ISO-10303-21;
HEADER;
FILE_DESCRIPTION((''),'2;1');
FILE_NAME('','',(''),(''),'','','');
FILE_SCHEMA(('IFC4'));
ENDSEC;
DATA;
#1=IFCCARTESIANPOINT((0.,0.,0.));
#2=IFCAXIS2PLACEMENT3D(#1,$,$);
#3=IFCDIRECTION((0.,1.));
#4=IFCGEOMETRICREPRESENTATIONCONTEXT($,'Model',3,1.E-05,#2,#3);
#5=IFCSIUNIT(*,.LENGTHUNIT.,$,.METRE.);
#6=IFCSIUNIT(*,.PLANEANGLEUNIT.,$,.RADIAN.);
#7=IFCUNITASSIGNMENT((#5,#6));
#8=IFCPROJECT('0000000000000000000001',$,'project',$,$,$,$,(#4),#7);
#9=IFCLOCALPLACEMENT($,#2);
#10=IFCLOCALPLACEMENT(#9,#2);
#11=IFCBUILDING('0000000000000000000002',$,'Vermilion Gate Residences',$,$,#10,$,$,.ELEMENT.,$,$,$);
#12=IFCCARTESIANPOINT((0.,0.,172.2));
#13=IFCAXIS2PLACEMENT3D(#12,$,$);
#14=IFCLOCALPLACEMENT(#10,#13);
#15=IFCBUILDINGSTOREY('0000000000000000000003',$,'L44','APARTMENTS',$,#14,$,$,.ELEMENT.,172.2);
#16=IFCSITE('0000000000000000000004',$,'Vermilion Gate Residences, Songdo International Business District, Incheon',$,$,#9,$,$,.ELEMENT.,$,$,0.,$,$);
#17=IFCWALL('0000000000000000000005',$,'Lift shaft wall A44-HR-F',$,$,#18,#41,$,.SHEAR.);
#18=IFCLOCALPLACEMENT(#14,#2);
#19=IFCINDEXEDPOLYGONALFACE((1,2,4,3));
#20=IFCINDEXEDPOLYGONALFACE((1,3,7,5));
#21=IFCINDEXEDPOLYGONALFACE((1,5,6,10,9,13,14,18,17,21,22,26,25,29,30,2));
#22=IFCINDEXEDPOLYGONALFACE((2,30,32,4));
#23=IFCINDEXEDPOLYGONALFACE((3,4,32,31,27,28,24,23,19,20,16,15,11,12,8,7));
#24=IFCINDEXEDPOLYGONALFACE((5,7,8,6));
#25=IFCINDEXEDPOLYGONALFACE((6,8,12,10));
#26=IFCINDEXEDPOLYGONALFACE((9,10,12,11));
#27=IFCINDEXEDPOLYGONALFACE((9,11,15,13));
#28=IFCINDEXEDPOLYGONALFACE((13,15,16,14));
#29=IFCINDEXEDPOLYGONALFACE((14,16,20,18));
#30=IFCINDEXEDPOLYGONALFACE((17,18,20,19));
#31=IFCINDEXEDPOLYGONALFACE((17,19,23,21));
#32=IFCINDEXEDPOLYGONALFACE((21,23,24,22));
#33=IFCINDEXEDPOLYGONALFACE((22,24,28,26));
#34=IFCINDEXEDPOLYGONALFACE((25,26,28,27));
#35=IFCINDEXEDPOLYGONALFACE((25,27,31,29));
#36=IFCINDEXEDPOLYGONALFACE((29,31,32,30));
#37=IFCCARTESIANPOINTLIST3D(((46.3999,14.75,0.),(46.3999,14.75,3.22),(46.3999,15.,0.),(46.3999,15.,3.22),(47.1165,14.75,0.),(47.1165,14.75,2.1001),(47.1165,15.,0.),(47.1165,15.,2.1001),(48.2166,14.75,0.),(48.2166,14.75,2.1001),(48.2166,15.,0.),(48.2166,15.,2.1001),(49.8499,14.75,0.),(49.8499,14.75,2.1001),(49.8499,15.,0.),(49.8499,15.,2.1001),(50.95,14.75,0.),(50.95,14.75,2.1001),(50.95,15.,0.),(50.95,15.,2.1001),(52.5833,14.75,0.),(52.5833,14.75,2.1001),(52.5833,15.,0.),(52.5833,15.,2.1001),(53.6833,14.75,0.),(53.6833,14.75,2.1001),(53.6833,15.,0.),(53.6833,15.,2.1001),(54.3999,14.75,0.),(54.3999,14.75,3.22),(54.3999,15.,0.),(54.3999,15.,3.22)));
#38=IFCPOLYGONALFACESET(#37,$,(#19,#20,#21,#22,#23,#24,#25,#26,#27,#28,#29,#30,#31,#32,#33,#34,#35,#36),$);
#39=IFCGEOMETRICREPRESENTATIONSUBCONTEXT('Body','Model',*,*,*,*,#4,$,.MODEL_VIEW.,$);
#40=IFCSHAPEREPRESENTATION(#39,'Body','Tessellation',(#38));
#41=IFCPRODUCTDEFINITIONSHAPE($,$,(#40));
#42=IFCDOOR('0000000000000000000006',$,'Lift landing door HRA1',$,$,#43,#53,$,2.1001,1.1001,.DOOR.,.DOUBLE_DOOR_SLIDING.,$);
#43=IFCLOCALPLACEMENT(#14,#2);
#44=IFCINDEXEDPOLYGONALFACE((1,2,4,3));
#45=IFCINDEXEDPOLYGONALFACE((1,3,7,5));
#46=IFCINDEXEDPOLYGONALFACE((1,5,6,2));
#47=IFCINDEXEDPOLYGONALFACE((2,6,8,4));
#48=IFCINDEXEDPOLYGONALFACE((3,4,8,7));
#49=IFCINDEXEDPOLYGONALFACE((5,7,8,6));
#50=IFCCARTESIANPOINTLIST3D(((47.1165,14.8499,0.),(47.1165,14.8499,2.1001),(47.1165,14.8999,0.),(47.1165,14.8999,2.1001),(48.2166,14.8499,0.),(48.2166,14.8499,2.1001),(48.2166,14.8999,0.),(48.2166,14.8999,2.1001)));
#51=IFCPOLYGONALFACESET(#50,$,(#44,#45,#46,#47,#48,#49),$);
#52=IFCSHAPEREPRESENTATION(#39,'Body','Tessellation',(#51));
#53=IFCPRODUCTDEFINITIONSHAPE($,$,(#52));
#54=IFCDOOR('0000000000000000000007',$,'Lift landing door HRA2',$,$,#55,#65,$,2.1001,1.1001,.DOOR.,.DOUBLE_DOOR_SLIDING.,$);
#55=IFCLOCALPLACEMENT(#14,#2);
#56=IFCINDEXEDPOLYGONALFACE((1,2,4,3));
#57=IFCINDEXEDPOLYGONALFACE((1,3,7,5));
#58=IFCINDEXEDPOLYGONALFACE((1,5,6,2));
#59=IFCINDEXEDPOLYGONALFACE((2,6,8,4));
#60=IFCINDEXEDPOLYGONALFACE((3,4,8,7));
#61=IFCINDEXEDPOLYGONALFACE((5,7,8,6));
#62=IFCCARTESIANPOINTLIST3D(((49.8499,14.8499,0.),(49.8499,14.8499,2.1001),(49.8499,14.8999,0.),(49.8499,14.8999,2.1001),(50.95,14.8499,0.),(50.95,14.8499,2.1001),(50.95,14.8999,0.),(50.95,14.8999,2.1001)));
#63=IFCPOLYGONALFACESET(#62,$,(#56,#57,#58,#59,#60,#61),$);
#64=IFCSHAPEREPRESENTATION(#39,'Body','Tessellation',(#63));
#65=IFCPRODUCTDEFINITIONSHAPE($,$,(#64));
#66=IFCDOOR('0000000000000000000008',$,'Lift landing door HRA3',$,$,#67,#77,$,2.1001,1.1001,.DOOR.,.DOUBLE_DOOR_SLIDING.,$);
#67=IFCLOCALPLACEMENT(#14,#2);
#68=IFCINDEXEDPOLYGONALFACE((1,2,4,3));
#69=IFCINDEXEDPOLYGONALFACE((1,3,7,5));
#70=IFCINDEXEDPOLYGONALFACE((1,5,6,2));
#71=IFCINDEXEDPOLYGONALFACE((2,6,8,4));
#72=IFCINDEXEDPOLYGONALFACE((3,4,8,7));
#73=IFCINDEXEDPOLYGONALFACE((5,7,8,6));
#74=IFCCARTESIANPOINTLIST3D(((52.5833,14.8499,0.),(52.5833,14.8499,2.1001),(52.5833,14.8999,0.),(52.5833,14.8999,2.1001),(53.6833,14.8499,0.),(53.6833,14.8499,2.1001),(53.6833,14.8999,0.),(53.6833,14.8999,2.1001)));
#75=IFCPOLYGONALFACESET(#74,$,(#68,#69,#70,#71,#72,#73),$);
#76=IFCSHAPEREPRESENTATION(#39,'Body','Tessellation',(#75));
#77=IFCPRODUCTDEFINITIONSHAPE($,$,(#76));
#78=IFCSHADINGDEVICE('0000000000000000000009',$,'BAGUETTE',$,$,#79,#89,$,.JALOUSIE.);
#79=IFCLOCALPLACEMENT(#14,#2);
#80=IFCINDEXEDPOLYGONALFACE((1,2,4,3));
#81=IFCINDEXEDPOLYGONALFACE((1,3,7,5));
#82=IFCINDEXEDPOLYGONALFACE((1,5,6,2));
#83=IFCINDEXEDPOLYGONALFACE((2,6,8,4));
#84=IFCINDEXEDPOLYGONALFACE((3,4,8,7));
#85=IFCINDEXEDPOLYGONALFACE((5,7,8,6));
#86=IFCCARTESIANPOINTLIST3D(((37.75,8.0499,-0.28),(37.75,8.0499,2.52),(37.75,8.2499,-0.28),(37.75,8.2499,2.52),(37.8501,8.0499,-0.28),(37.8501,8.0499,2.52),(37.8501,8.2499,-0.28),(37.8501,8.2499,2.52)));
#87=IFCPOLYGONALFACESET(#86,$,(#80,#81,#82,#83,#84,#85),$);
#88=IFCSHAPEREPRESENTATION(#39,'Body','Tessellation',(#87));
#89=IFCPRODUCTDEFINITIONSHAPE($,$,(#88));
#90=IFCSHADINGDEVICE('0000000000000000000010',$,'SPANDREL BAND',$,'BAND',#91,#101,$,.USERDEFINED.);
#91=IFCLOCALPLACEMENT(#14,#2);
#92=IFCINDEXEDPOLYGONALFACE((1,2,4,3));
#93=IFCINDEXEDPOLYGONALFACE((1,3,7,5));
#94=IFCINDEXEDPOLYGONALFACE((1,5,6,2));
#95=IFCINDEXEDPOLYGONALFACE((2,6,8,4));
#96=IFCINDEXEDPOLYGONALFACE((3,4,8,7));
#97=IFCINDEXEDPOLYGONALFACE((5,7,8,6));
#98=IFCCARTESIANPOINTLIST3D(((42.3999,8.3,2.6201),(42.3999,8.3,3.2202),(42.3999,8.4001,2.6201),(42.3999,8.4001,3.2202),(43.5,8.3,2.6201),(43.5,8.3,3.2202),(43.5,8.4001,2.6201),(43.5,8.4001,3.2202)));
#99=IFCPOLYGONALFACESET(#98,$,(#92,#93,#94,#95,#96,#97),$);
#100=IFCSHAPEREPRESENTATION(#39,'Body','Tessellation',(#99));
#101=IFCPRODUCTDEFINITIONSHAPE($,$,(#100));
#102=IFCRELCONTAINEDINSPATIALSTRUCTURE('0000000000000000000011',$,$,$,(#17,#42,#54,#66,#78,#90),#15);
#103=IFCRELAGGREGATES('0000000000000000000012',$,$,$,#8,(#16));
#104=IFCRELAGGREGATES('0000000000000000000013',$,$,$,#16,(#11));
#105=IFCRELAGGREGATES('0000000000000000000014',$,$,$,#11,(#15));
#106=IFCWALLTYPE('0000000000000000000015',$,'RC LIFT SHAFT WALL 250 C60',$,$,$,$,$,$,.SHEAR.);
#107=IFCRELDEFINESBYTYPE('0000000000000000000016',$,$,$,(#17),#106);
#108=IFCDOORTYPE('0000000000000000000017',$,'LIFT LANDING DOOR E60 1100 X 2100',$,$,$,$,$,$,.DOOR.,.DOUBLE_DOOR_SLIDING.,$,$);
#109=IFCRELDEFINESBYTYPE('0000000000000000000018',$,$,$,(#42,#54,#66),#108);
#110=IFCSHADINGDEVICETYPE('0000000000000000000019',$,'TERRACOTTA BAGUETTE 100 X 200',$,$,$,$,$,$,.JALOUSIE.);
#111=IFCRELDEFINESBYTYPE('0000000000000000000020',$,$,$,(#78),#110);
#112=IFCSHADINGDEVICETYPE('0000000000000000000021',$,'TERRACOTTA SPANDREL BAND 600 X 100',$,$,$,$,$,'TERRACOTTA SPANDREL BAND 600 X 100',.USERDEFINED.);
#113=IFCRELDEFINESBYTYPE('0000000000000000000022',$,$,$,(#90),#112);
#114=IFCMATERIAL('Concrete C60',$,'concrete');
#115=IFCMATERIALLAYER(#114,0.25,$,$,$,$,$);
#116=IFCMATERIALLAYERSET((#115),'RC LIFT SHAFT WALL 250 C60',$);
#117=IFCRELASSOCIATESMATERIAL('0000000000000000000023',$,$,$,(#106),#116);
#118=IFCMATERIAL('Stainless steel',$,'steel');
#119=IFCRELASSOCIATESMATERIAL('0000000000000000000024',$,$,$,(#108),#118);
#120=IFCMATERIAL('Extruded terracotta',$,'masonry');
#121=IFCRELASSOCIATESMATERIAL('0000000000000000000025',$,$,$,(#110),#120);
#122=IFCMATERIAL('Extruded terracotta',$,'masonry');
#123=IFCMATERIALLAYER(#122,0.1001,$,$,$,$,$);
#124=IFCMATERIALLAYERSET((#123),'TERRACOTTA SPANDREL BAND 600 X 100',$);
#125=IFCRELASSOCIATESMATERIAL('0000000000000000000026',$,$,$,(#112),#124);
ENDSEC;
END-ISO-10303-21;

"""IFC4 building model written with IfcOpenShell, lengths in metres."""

from ifc_helpers import new_model, si_unit, direction, frame, frame_2d, origin, origin_2d, place, context, subcontext, project, spatial, rectangle, extrude, material, layer, layer_set, material_profile, profile_set, type_object, element, fill, save


model = new_model("IFC4")

# Units and contexts
model_context = context("Model", 3, precision=1e-05, world=origin(), true_north=direction((0.0, 1.0)))
body_context = subcontext(model_context, "Body", "Model", "MODEL_VIEW")
ifc_project = project(units=[si_unit("LENGTHUNIT", "METRE"), si_unit("PLANEANGLEUNIT", "RADIAN")], contexts=[model_context])

# Site, building, storey
site_placement = place(None, origin())
site = spatial("IfcSite", under=ifc_project, at=site_placement, Name="Vermilion Gate Residences, Songdo International Business District, Incheon", CompositionType="ELEMENT", RefElevation=0.0)
building_placement = place(site_placement, origin())
building = spatial("IfcBuilding", under=site, at=building_placement, Name="Vermilion Gate Residences", CompositionType="ELEMENT")
storey_placement = place(building_placement, frame((0.0, 0.0, 172.2)))
storey = spatial("IfcBuildingStorey", under=building, at=storey_placement, Name="L44", Description="APARTMENTS", CompositionType="ELEMENT", Elevation=172.2)

# Wall, openings, doors
ifc_material_1 = material(Name="Concrete C60", Category="concrete")
ifc_layer_1 = layer(ifc_material_1, 0.25)
ifc_layer_set_1 = layer_set([ifc_layer_1], Name="RC LIFT SHAFT WALL 250 C60")
wall_type_1 = type_object("IfcWallType", Name="RC LIFT SHAFT WALL 250 C60", PredefinedType="SHEAR", material=ifc_layer_set_1)
wall_1_placement = place(storey_placement, frame((46.3999, 14.875, 0.0), z_axis=(0.0, 0.0, 1.0), x_axis=(1.0, 0.0, 0.0)))
wall_1 = element("IfcWall", 1, at=wall_1_placement, inside=storey, type_object=wall_type_1, Name="Lift shaft wall A44-HR-F", PredefinedType="SHEAR", context=body_context, shape_type="SweptSolid", body=[
    extrude(rectangle(XDim=8.0, YDim=0.25, at=frame_2d((4.0, 0.0))), origin(), (0.0, 0.0, 1.0), 3.22),
])
opening_1_placement = place(wall_1_placement, frame((0.7166, 0.0, 0.0)))
opening_1 = element("IfcOpeningElement", 2, at=opening_1_placement, cuts=wall_1, PredefinedType="OPENING", context=body_context, shape_type="SweptSolid", body=[
    extrude(rectangle(XDim=1.1001, YDim=2.1001, at=frame_2d((0.55, 1.05))), frame((0.0, 0.135, 0.0), z_axis=(0.0, -1.0, 0.0), x_axis=(1.0, 0.0, 0.0)), (0.0, 0.0, 1.0), 0.27),
])
opening_2_placement = place(wall_1_placement, frame((3.45, 0.0, 0.0)))
opening_2 = element("IfcOpeningElement", 3, at=opening_2_placement, cuts=wall_1, PredefinedType="OPENING", context=body_context, shape_type="SweptSolid", body=[
    extrude(rectangle(XDim=1.1001, YDim=2.1001, at=frame_2d((0.55, 1.05))), frame((0.0, 0.135, 0.0), z_axis=(0.0, -1.0, 0.0), x_axis=(1.0, 0.0, 0.0)), (0.0, 0.0, 1.0), 0.27),
])
opening_3_placement = place(wall_1_placement, frame((6.1833, 0.0, 0.0)))
opening_3 = element("IfcOpeningElement", 4, at=opening_3_placement, cuts=wall_1, PredefinedType="OPENING", context=body_context, shape_type="SweptSolid", body=[
    extrude(rectangle(XDim=1.1001, YDim=2.1001, at=frame_2d((0.55, 1.05))), frame((0.0, 0.135, 0.0), z_axis=(0.0, -1.0, 0.0), x_axis=(1.0, 0.0, 0.0)), (0.0, 0.0, 1.0), 0.27),
])
ifc_material_2 = material(Name="Stainless steel", Category="steel")
door_type_1 = type_object("IfcDoorType", Name="LIFT LANDING DOOR E60 1100 X 2100", OperationType="DOUBLE_DOOR_SLIDING", PredefinedType="DOOR", material=ifc_material_2)
door_1_placement = place(opening_1_placement, origin())
door_1 = element("IfcDoor", 5, at=door_1_placement, inside=storey, type_object=door_type_1, Name="Lift landing door HRA1", OperationType="DOUBLE_DOOR_SLIDING", OverallHeight=2.1001, OverallWidth=1.1001, PredefinedType="DOOR", context=body_context, shape_type="SweptSolid", body=[
    extrude(rectangle(XDim=1.1001, YDim=2.1001, at=frame_2d((0.55, 1.05))), frame((0.0, 0.0249, 0.0), z_axis=(0.0, -1.0, 0.0), x_axis=(1.0, 0.0, 0.0)), (0.0, 0.0, 1.0), 0.05),
])
fill(opening_1, door_1)
door_2_placement = place(opening_2_placement, origin())
door_2 = element("IfcDoor", 6, at=door_2_placement, inside=storey, type_object=door_type_1, Name="Lift landing door HRA2", OperationType="DOUBLE_DOOR_SLIDING", OverallHeight=2.1001, OverallWidth=1.1001, PredefinedType="DOOR", context=body_context, shape_type="SweptSolid", body=[
    extrude(rectangle(XDim=1.1001, YDim=2.1001, at=frame_2d((0.55, 1.05))), frame((0.0, 0.0249, 0.0), z_axis=(0.0, -1.0, 0.0), x_axis=(1.0, 0.0, 0.0)), (0.0, 0.0, 1.0), 0.05),
])
fill(opening_2, door_2)
door_3_placement = place(opening_3_placement, origin())
door_3 = element("IfcDoor", 7, at=door_3_placement, inside=storey, type_object=door_type_1, Name="Lift landing door HRA3", OperationType="DOUBLE_DOOR_SLIDING", OverallHeight=2.1001, OverallWidth=1.1001, PredefinedType="DOOR", context=body_context, shape_type="SweptSolid", body=[
    extrude(rectangle(XDim=1.1001, YDim=2.1001, at=frame_2d((0.55, 1.05))), frame((0.0, 0.0249, 0.0), z_axis=(0.0, -1.0, 0.0), x_axis=(1.0, 0.0, 0.0)), (0.0, 0.0, 1.0), 0.05),
])
fill(opening_3, door_3)

# Shading devices
ifc_material_3 = material(Name="Extruded terracotta", Category="masonry")
ifc_material_profile_1 = material_profile(ifc_material_3, rectangle(XDim=0.2, YDim=0.1001, at=origin_2d()), Name="BAGUETTE 100 X 200")
ifc_profile_set_1 = profile_set([ifc_material_profile_1], Name="Extruded terracotta")
shading_device_type_1 = type_object("IfcShadingDeviceType", Name="TERRACOTTA BAGUETTE 100 X 200", PredefinedType="JALOUSIE", material=ifc_profile_set_1)
shading_device_1_placement = place(storey_placement, frame((37.8, 8.1499, -0.28), z_axis=(0.0, 0.0, 1.0), x_axis=(0.0, 1.0, 0.0)))
element("IfcShadingDevice", 8, at=shading_device_1_placement, inside=storey, type_object=shading_device_type_1, Name="BAGUETTE", PredefinedType="JALOUSIE", context=body_context, shape_type="SweptSolid", body=[
    extrude(rectangle(XDim=0.2, YDim=0.1001, at=origin_2d()), origin(), (0.0, 0.0, 1.0), 2.8),
])
ifc_material_4 = material(Name="Extruded terracotta", Category="masonry")
ifc_layer_2 = layer(ifc_material_4, 0.1001)
ifc_layer_set_2 = layer_set([ifc_layer_2], Name="TERRACOTTA SPANDREL BAND 600 X 100")
shading_device_type_2 = type_object("IfcShadingDeviceType", Name="TERRACOTTA SPANDREL BAND 600 X 100", ElementType="TERRACOTTA SPANDREL BAND 600 X 100", PredefinedType="USERDEFINED", material=ifc_layer_set_2)
shading_device_2_placement = place(storey_placement, frame((42.95, 8.3501, 2.6201), z_axis=(0.0, 0.0, 1.0), x_axis=(1.0, 0.0, 0.0)))
element("IfcShadingDevice", 9, at=shading_device_2_placement, inside=storey, type_object=shading_device_type_2, Name="SPANDREL BAND", ObjectType="BAND", PredefinedType="USERDEFINED", context=body_context, shape_type="SweptSolid", body=[
    extrude(rectangle(XDim=1.1001, YDim=0.1001, at=origin_2d()), origin(), (0.0, 0.0, 1.0), 0.6001),
])

save(model, "model.ifc")
